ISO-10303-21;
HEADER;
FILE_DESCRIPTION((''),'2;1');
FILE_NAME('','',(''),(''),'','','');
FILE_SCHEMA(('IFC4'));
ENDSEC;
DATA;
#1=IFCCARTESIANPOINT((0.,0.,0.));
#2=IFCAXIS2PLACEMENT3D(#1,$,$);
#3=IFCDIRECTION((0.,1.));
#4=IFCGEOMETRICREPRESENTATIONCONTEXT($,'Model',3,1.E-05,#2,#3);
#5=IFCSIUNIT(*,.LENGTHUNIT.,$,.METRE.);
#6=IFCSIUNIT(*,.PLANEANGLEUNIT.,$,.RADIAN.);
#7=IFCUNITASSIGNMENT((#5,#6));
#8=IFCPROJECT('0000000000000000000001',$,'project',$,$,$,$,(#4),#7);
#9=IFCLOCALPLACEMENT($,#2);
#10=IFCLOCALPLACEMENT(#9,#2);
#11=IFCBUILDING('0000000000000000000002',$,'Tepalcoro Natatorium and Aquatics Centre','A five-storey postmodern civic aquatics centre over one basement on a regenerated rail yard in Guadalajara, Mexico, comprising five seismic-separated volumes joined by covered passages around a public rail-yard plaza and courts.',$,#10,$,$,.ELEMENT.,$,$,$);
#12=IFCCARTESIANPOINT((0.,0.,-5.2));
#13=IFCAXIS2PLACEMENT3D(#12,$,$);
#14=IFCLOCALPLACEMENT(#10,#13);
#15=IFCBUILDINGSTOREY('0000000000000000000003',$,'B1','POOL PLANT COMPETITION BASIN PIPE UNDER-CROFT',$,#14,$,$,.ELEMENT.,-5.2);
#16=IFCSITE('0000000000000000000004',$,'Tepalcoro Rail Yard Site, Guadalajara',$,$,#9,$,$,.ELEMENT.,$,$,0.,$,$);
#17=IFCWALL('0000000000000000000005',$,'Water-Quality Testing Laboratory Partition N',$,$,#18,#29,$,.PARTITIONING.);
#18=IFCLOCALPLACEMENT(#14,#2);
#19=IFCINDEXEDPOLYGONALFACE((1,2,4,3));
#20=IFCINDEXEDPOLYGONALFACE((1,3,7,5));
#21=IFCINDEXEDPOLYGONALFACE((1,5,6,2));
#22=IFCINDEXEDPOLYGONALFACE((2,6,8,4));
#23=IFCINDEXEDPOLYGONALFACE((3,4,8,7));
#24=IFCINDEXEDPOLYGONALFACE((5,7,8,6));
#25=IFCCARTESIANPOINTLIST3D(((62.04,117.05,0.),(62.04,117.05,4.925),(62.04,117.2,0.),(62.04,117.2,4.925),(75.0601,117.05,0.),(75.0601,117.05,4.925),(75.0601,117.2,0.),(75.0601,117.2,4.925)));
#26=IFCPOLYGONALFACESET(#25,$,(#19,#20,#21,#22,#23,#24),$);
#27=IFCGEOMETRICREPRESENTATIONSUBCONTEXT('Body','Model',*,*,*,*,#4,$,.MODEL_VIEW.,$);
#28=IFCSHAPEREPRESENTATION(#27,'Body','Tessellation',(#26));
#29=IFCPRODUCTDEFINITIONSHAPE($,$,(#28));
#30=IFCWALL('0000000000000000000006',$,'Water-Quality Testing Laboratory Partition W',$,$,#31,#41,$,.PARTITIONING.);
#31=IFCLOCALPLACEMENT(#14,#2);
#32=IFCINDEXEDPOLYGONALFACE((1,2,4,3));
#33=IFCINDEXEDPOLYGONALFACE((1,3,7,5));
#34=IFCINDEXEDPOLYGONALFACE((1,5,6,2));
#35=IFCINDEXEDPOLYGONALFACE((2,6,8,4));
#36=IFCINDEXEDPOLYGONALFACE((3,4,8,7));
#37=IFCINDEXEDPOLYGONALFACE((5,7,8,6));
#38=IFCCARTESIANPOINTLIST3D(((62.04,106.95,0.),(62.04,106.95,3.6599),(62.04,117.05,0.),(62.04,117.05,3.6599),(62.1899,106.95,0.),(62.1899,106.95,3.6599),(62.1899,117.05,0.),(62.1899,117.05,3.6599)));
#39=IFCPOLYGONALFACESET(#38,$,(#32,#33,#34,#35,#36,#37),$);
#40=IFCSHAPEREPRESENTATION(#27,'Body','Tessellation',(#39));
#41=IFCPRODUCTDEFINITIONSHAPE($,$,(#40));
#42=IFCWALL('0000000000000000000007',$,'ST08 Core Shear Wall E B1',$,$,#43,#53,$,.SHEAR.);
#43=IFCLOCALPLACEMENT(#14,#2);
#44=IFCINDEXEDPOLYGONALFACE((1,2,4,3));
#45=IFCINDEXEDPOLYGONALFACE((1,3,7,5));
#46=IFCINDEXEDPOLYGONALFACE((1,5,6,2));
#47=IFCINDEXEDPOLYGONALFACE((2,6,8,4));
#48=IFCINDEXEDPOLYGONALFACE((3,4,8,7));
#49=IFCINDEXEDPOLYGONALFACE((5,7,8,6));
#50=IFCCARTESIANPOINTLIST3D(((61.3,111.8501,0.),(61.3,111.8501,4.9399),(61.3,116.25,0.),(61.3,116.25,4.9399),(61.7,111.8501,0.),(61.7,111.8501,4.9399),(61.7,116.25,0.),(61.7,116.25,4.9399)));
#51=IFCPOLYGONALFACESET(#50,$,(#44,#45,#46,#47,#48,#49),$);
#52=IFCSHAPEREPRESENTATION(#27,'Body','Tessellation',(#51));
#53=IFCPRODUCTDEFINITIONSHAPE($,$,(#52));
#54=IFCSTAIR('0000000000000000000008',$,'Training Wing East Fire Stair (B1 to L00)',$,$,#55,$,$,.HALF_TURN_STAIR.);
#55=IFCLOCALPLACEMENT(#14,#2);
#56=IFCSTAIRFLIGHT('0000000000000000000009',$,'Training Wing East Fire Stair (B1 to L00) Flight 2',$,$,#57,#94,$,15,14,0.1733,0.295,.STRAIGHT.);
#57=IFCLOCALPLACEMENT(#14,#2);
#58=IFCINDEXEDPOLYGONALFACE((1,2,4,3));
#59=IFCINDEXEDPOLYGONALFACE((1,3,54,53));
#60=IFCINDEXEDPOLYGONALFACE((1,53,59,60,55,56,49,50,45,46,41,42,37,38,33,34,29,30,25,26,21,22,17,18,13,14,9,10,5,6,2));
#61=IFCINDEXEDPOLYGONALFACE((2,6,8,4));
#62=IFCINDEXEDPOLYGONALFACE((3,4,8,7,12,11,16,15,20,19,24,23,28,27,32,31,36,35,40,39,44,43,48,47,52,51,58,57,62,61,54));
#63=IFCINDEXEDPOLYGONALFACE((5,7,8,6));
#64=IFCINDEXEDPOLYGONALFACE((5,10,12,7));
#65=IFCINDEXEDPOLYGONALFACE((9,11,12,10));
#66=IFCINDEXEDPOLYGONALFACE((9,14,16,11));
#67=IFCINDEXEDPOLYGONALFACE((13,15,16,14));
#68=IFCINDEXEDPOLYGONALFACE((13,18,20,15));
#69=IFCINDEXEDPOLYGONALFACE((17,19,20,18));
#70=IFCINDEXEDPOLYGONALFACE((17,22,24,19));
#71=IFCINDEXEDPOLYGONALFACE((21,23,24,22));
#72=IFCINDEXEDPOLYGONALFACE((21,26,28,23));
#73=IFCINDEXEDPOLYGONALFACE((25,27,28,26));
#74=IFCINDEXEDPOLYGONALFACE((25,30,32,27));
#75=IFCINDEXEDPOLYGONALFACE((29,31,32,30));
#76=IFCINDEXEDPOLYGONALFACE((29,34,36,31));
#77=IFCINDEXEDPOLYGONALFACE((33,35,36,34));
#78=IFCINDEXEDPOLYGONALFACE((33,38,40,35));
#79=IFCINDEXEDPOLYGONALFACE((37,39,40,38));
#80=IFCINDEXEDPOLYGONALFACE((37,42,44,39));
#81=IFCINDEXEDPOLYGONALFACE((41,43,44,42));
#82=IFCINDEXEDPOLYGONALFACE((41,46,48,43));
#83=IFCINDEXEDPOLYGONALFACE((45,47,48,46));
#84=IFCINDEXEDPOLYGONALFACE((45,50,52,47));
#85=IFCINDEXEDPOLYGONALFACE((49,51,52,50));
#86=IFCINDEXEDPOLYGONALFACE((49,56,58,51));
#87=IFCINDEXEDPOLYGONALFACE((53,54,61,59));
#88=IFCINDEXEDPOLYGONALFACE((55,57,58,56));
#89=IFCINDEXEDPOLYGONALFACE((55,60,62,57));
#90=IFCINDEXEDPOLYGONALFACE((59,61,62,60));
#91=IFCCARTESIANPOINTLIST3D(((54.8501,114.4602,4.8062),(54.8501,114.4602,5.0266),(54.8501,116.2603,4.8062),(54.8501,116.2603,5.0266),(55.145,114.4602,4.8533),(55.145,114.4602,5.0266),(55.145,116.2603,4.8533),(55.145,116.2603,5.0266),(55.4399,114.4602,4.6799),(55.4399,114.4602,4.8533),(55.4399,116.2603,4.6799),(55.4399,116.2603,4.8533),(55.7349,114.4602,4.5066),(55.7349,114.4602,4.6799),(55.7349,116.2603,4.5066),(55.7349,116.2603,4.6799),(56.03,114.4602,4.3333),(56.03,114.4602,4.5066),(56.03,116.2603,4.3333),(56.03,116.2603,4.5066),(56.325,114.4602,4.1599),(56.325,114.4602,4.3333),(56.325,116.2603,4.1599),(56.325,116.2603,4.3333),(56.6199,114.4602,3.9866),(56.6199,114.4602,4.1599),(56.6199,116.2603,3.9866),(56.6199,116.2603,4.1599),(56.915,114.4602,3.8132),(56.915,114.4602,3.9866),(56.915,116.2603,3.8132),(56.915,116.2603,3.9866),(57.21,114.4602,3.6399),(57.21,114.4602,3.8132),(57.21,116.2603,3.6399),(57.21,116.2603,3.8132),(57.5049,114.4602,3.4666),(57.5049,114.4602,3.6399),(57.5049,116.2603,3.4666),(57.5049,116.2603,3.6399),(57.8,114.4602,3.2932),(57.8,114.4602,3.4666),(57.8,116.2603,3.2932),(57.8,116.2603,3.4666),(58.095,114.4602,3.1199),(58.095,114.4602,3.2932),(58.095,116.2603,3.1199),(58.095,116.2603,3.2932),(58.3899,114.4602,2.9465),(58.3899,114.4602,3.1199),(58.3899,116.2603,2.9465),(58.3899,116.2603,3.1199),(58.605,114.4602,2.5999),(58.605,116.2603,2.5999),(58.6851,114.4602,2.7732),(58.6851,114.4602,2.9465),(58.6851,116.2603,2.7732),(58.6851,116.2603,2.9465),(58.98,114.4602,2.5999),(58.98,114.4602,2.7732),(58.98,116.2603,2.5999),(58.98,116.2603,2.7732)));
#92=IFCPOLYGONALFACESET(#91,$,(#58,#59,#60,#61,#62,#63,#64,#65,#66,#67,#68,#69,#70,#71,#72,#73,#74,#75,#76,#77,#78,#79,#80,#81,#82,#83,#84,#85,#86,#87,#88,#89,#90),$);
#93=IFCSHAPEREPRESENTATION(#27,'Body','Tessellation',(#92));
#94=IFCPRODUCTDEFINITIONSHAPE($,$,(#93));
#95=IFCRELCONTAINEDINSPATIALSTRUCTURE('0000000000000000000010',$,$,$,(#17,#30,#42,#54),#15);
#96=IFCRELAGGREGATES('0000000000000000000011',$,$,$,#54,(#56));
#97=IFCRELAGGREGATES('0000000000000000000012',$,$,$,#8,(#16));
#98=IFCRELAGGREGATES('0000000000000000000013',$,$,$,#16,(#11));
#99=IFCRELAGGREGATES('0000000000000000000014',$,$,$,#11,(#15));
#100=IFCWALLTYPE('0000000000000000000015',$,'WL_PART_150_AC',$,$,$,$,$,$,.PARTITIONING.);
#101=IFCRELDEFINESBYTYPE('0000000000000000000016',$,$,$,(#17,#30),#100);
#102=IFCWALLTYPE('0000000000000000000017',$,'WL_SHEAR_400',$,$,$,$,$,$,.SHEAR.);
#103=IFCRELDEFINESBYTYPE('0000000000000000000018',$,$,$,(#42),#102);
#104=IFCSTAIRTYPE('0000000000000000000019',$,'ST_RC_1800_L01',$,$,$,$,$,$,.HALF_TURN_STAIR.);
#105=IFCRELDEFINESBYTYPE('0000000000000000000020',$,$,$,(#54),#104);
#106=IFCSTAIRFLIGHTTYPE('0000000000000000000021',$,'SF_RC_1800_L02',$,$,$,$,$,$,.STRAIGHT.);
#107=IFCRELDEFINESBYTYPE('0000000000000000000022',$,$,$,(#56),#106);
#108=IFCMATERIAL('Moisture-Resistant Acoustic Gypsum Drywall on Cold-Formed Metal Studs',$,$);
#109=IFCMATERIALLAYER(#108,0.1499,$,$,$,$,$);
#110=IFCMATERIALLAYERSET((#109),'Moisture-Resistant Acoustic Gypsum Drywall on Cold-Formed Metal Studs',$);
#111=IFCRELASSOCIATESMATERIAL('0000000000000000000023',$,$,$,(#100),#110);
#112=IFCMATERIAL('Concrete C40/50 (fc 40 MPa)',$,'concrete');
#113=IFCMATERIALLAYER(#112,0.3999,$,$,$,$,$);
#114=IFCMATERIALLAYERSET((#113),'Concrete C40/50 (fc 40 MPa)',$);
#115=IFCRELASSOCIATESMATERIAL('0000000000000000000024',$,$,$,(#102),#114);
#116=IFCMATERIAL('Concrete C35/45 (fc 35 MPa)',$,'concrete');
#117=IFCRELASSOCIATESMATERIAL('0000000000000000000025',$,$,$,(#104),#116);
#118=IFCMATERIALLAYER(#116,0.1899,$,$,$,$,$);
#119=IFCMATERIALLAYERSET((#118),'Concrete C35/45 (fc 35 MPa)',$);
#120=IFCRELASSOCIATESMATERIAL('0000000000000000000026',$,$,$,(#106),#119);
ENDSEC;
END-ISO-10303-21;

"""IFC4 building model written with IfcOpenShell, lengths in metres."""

from ifc_helpers import new_model, si_unit, direction, frame, frame_2d, origin, place, context, subcontext, project, spatial, polyline, rectangle, outline, extrude, material, layer, layer_set, type_object, element, aggregate, save


model = new_model("IFC4")

# Units and contexts
model_context = context("Model", 3, precision=1e-05, world=origin(), true_north=direction((0.0, 1.0)))
body_context = subcontext(model_context, "Body", "Model", "MODEL_VIEW")
ifc_project = project(units=[si_unit("LENGTHUNIT", "METRE"), si_unit("PLANEANGLEUNIT", "RADIAN")], contexts=[model_context])

# Site, building, storey
site_placement = place(None, origin())
site = spatial("IfcSite", under=ifc_project, at=site_placement, Name="Tepalcoro Rail Yard Site, Guadalajara", CompositionType="ELEMENT", RefElevation=0.0)
building_placement = place(site_placement, origin())
building = spatial("IfcBuilding", under=site, at=building_placement, Name="Tepalcoro Natatorium and Aquatics Centre", Description="A five-storey postmodern civic aquatics centre over one basement on a regenerated rail yard in Guadalajara, Mexico, comprising five seismic-separated volumes joined by covered passages around a public rail-yard plaza and courts.", CompositionType="ELEMENT")
storey_placement = place(building_placement, frame((0.0, 0.0, -5.2)))
storey = spatial("IfcBuildingStorey", under=building, at=storey_placement, Name="B1", Description="POOL PLANT COMPETITION BASIN PIPE UNDER-CROFT", CompositionType="ELEMENT", Elevation=-5.2)

# Shared definitions
ifc_material_1 = material(Name="Concrete C40/50 (fc 40 MPa)", Category="concrete")

# Shared definitions
ifc_material_2 = material(Name="Moisture-Resistant Acoustic Gypsum Drywall on Cold-Formed Metal Studs")
ifc_layer_1 = layer(ifc_material_2, 0.1499)
ifc_layer_set_1 = layer_set([ifc_layer_1], Name="Moisture-Resistant Acoustic Gypsum Drywall on Cold-Formed Metal Studs")
wall_type_1 = type_object("IfcWallType", Name="WL_PART_150_AC", PredefinedType="PARTITIONING", material=ifc_layer_set_1)

# Walls
wall_1_placement = place(storey_placement, frame((62.04, 117.125, 0.0), z_axis=(0.0, 0.0, 1.0), x_axis=(1.0, 0.0, 0.0)))
element("IfcWall", 1, at=wall_1_placement, inside=storey, type_object=wall_type_1, Name="Water-Quality Testing Laboratory Partition N", PredefinedType="PARTITIONING", context=body_context, shape_type="SweptSolid", body=[
    extrude(rectangle(XDim=13.02, YDim=0.1499, at=frame_2d((6.51, 0.0))), origin(), (0.0, 0.0, 1.0), 4.925),
])
wall_2_placement = place(storey_placement, frame((62.115, 106.95, 0.0), z_axis=(0.0, 0.0, 1.0), x_axis=(0.0, 1.0, 0.0)))
element("IfcWall", 2, at=wall_2_placement, inside=storey, type_object=wall_type_1, Name="Water-Quality Testing Laboratory Partition W", PredefinedType="PARTITIONING", context=body_context, shape_type="SweptSolid", body=[
    extrude(rectangle(XDim=10.1001, YDim=0.1499, at=frame_2d((5.05, 0.0))), origin(), (0.0, 0.0, 1.0), 3.6599),
])
ifc_layer_2 = layer(ifc_material_1, 0.3999)
ifc_layer_set_2 = layer_set([ifc_layer_2], Name="Concrete C40/50 (fc 40 MPa)")
wall_type_2 = type_object("IfcWallType", Name="WL_SHEAR_400", PredefinedType="SHEAR", material=ifc_layer_set_2)
wall_3_placement = place(storey_placement, frame((61.5, 111.8501, 0.0), z_axis=(0.0, 0.0, 1.0), x_axis=(0.0, 1.0, 0.0)))
element("IfcWall", 3, at=wall_3_placement, inside=storey, type_object=wall_type_2, Name="ST08 Core Shear Wall E B1", PredefinedType="SHEAR", context=body_context, shape_type="SweptSolid", body=[
    extrude(rectangle(XDim=4.3999, YDim=0.3999, at=frame_2d((2.2, 0.0))), origin(), (0.0, 0.0, 1.0), 4.9399),
])

# Stair, stair flight
ifc_material_3 = material(Name="Concrete C35/45 (fc 35 MPa)", Category="concrete")
stair_type = type_object("IfcStairType", Name="ST_RC_1800_L01", PredefinedType="HALF_TURN_STAIR", material=ifc_material_3)
stair_placement = place(storey_placement, origin())
stair = element("IfcStair", 4, at=stair_placement, inside=storey, type_object=stair_type, Name="Training Wing East Fire Stair (B1 to L00)", PredefinedType="HALF_TURN_STAIR")
ifc_layer_3 = layer(ifc_material_3, 0.1899)
ifc_layer_set_3 = layer_set([ifc_layer_3], Name="Concrete C35/45 (fc 35 MPa)")
stair_flight_type = type_object("IfcStairFlightType", Name="SF_RC_1800_L02", PredefinedType="STRAIGHT", material=ifc_layer_set_3)
stair_flight_placement = place(storey_placement, frame((58.98, 115.3601, 2.5999), z_axis=(0.0, 0.0, 1.0), x_axis=(-1.0, 0.0, 0.0)))
stair_flight = element("IfcStairFlight", 5, at=stair_flight_placement, type_object=stair_flight_type, Name="Training Wing East Fire Stair (B1 to L00) Flight 2", NumberOfRisers=15, NumberOfTreads=14, PredefinedType="STRAIGHT", RiserHeight=0.1733, TreadLength=0.295, context=body_context, shape_type="SweptSolid", body=[
    extrude(outline(polyline([(0.0, 0.0), (0.0, 0.1733), (0.2949, 0.1733), (0.2949, 0.3467), (0.5901, 0.3467), (0.5901, 0.52), (0.885, 0.52), (0.885, 0.6934), (1.1799, 0.6934), (1.1799, 0.8667), (1.4751, 0.8667), (1.4751, 1.04), (1.77, 1.04), (1.77, 1.2134), (2.0649, 1.2134), (2.0649, 1.3867), (2.3601, 1.3867), (2.3601, 1.5601), (2.655, 1.5601), (2.655, 1.7334), (2.95, 1.7334), (2.95, 1.9067), (3.2451, 1.9067), (3.2451, 2.0801), (3.54, 2.0801), (3.54, 2.2534), (3.835, 2.2534), (3.835, 2.4268), (4.1299, 2.4268), (4.1299, 2.6001), (4.1299, 2.2063), (0.375, 0.0), (0.0, 0.0)])), frame((0.0, 0.8999, 0.0), z_axis=(0.0, -1.0, 0.0), x_axis=(1.0, 0.0, 0.0)), (0.0, 0.0, 1.0), 1.8),
])
aggregate(stair, [stair_flight])

save(model, "model.ifc")
